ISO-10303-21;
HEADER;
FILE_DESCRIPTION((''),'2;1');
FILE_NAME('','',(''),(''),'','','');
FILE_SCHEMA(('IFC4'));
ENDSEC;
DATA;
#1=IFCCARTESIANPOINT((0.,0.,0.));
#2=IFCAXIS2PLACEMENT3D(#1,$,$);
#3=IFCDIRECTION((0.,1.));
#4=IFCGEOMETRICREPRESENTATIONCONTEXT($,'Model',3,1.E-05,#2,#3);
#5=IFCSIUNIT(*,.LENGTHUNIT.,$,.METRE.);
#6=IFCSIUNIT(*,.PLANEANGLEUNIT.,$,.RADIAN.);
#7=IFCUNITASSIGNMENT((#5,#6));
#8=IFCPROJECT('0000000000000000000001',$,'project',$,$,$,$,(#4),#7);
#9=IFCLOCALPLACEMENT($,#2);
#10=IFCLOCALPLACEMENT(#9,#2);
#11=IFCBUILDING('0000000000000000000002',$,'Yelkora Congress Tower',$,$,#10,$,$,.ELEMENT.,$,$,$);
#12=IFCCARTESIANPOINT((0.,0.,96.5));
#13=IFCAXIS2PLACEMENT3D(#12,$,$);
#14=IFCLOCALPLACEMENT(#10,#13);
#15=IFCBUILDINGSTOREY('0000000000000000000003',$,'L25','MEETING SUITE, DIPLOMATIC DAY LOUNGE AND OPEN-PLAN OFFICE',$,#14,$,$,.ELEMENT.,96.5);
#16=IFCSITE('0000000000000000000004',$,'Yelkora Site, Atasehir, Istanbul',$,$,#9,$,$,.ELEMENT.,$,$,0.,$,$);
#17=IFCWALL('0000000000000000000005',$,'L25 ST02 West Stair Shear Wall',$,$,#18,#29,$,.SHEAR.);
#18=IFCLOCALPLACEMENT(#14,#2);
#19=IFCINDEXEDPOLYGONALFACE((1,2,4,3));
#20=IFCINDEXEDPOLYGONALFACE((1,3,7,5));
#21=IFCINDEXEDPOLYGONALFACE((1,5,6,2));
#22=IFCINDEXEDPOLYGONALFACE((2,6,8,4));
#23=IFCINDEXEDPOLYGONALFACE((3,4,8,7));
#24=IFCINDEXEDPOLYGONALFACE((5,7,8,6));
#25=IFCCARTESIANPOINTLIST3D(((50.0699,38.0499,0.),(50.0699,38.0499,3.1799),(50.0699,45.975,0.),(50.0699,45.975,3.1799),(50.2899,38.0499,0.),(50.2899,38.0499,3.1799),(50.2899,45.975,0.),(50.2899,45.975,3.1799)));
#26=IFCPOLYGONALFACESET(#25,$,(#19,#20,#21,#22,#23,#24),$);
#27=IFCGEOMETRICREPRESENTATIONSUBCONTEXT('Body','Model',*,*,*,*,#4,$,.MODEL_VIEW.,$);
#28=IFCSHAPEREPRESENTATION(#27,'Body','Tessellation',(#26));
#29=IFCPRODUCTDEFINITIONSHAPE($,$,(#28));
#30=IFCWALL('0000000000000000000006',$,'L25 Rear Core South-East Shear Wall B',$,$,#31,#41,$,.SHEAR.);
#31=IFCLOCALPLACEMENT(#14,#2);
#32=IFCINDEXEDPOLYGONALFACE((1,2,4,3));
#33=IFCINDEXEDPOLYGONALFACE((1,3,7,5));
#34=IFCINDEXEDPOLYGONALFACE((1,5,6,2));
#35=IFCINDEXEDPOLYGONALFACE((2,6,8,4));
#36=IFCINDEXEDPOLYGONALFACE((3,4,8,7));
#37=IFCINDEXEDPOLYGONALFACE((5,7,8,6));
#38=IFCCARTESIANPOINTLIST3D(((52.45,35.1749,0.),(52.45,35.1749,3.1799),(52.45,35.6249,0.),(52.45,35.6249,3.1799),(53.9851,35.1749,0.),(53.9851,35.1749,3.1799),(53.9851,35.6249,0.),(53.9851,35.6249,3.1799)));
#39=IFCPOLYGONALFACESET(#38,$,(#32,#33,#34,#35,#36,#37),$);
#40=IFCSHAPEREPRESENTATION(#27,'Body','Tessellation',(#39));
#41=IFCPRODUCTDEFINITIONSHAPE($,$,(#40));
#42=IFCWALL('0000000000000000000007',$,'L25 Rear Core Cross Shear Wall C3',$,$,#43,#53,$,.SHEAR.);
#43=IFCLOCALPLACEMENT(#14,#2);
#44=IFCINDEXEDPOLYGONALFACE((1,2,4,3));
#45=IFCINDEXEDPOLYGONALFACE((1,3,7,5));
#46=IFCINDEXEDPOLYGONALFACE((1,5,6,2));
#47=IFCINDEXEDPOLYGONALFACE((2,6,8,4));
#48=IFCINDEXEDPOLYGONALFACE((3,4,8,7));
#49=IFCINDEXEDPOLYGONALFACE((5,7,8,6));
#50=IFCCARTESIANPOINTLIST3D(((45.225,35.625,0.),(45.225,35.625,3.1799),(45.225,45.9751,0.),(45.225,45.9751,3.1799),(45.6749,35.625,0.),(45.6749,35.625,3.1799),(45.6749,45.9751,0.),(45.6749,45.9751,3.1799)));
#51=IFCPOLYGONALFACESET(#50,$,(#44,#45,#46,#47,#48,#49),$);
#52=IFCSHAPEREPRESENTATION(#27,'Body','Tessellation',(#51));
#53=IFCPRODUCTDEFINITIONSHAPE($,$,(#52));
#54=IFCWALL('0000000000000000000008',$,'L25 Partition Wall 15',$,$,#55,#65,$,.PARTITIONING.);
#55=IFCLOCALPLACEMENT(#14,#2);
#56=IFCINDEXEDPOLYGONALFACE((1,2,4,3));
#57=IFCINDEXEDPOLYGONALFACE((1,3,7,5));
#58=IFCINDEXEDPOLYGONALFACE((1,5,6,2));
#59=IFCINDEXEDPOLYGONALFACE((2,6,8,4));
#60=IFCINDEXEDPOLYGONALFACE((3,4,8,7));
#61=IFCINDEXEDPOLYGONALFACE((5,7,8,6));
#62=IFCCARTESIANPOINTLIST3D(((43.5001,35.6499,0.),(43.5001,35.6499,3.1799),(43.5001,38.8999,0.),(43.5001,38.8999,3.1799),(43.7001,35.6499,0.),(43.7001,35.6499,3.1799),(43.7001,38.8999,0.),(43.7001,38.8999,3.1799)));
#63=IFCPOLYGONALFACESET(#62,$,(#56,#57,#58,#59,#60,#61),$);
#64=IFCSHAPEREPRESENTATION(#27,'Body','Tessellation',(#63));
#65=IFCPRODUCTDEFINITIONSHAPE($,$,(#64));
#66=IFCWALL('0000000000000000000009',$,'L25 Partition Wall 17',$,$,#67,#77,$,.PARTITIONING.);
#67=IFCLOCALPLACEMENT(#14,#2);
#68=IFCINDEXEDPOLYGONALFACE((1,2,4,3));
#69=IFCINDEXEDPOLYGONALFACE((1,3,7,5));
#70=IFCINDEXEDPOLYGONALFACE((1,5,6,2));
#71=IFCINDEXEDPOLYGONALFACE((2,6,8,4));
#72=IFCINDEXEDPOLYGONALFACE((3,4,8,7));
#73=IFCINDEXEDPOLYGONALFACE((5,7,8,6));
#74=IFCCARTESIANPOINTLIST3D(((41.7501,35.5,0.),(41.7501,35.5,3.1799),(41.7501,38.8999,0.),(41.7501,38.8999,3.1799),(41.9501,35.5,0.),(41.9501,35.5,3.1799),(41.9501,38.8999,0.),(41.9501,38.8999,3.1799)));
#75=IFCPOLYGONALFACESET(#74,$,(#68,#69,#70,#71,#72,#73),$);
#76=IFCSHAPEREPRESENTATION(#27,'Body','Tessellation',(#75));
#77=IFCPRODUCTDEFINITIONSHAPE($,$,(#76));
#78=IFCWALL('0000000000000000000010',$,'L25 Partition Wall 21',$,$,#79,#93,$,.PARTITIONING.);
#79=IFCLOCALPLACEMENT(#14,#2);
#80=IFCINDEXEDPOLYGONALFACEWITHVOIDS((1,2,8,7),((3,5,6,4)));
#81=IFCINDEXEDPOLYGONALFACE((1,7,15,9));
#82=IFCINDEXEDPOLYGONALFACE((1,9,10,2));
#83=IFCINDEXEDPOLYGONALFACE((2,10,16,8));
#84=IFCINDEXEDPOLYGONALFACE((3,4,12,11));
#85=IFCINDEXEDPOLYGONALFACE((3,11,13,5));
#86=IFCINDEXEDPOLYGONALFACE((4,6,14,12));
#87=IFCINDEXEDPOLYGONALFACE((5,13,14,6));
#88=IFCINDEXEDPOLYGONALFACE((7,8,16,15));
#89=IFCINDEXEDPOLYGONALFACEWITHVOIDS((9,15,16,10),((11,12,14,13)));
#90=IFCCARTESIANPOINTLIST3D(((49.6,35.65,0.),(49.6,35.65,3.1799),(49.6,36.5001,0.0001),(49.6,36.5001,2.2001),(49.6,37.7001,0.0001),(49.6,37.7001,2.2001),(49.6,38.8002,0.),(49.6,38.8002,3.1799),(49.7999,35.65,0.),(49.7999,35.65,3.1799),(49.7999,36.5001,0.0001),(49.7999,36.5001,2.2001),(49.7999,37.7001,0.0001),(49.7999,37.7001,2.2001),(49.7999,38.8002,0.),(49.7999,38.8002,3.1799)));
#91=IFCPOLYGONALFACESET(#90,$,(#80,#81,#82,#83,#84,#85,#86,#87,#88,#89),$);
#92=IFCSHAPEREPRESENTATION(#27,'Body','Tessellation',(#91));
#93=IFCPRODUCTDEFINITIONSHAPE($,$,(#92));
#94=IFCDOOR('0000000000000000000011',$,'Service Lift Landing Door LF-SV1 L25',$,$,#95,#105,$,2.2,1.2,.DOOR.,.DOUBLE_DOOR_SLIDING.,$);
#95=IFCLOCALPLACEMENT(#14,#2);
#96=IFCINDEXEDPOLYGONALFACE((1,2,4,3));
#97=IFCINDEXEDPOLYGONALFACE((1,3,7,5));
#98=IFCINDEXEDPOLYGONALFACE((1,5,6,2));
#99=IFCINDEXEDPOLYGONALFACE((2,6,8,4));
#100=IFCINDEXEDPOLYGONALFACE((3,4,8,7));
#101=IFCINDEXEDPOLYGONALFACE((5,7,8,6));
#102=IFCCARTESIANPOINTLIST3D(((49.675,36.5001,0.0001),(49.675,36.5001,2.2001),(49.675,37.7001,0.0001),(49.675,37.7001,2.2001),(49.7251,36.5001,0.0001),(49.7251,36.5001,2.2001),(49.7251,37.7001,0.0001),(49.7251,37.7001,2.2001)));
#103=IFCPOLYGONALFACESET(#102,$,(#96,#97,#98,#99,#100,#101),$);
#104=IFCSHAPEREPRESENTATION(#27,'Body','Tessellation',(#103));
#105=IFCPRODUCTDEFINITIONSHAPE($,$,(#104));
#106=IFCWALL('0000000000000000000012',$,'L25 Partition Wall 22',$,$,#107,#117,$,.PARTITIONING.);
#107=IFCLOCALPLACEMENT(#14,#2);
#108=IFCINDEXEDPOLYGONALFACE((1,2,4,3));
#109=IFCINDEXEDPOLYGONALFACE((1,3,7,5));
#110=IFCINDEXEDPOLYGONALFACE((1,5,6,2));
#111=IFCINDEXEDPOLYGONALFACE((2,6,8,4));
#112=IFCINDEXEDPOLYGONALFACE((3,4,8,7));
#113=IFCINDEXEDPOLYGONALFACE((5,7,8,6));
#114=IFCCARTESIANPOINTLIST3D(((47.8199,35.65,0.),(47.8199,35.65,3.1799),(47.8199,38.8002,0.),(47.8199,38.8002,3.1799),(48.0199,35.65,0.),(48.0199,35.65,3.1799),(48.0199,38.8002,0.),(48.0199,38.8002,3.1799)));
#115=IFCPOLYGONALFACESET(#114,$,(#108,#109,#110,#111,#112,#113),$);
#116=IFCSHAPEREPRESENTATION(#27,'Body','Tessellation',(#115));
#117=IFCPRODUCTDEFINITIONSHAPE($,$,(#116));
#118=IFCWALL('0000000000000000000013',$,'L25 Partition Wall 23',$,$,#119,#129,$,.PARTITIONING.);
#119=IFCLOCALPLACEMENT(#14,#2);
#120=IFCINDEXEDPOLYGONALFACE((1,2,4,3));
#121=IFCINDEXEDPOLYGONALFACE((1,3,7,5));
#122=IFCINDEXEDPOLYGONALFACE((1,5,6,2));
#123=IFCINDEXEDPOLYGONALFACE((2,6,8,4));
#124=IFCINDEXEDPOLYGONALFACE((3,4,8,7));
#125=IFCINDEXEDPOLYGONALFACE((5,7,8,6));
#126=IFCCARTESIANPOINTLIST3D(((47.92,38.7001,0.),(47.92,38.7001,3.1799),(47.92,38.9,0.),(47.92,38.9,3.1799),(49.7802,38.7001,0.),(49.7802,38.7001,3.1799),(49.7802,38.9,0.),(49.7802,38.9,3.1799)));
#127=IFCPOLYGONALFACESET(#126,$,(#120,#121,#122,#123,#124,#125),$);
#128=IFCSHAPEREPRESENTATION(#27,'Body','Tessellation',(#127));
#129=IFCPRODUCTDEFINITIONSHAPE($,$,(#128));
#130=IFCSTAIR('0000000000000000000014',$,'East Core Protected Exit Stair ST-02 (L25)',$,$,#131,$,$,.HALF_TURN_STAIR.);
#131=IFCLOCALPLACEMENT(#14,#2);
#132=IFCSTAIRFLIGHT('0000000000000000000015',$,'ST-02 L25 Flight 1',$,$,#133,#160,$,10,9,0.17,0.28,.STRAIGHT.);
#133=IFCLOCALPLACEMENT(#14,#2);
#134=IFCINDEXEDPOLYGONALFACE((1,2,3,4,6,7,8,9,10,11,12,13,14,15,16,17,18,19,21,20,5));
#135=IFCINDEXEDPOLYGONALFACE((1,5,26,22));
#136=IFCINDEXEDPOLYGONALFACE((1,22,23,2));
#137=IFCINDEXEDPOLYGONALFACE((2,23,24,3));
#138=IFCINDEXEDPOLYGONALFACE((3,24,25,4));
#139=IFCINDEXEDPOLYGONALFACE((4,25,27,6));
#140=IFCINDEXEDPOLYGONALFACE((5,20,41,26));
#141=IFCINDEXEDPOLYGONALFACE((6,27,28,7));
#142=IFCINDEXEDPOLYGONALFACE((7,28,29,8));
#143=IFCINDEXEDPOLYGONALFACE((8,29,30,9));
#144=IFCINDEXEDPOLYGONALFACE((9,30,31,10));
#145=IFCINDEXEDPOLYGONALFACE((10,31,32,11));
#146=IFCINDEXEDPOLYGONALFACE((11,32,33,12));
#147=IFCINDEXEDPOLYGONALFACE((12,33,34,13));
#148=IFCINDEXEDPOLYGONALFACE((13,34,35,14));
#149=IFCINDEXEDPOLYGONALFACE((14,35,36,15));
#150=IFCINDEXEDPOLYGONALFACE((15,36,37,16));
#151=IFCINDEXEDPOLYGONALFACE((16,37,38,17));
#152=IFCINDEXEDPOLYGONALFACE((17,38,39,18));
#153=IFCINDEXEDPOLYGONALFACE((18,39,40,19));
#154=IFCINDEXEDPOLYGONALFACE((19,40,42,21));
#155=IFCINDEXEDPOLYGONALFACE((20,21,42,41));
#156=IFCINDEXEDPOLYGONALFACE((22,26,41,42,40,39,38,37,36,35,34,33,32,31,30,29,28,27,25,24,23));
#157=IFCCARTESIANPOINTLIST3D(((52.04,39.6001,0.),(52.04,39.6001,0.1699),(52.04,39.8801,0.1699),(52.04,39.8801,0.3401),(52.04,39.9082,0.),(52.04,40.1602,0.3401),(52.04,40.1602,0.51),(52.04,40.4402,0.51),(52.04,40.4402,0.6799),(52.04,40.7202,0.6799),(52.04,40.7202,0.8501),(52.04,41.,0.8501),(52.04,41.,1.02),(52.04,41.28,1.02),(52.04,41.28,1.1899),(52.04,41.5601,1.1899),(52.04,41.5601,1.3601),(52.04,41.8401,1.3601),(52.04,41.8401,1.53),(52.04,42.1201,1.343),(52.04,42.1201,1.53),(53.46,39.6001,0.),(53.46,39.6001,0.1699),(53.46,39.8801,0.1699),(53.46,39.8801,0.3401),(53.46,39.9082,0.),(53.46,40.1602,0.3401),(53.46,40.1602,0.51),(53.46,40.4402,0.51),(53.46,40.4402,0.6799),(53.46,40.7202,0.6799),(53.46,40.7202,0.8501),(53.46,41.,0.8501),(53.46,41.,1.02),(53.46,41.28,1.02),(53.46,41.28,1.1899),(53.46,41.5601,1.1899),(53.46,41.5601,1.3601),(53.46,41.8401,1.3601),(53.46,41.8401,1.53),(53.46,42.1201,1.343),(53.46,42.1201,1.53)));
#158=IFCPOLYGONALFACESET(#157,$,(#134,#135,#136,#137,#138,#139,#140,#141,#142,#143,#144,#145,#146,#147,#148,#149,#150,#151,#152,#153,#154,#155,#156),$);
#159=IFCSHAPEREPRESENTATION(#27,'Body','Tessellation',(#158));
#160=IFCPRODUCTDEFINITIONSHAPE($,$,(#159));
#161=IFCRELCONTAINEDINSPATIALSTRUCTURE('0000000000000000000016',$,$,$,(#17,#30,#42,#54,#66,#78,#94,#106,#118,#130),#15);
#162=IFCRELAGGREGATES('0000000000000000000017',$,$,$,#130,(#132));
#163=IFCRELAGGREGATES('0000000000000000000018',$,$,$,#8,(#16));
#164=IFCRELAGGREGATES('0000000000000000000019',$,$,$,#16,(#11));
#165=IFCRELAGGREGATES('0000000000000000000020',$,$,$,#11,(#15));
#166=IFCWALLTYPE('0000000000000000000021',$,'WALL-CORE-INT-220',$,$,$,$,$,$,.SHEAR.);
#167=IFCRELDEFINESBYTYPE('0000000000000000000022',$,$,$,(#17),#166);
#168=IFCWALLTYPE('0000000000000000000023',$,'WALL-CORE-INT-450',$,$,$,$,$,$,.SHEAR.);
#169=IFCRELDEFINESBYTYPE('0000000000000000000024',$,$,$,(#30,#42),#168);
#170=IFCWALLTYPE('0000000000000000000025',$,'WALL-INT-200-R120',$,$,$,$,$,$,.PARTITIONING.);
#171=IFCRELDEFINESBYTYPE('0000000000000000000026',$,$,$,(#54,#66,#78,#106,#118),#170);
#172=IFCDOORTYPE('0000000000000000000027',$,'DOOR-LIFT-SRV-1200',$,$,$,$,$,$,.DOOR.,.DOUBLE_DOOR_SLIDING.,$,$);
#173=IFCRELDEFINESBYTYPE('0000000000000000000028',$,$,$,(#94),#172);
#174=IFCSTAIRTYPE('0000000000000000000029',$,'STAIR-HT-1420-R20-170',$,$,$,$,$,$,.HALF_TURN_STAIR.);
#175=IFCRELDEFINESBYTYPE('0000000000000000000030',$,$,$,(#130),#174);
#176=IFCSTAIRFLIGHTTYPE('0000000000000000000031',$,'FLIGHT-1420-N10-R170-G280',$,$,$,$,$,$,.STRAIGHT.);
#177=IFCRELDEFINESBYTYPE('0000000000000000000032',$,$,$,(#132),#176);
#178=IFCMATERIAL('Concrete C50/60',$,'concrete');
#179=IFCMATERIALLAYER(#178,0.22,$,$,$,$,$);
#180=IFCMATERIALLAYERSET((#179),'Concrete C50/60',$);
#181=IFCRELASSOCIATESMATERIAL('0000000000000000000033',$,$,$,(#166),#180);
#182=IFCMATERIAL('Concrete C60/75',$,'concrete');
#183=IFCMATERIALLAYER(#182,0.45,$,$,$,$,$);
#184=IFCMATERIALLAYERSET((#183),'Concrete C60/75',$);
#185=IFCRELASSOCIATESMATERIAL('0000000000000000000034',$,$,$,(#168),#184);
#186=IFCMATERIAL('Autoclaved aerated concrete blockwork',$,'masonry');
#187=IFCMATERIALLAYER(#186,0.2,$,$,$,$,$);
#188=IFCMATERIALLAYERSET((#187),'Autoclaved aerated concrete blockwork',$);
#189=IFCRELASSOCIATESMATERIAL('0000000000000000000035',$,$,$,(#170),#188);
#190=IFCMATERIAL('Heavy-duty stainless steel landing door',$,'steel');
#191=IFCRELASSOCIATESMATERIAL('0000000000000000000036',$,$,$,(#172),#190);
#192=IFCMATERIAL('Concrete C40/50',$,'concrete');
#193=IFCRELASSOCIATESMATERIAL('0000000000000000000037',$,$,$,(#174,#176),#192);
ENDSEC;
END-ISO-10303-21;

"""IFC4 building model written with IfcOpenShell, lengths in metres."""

from ifc_helpers import new_model, si_unit, direction, frame, frame_2d, origin, place, context, subcontext, project, spatial, polyline, rectangle, outline, extrude, material, layer, layer_set, type_object, element, fill, aggregate, save


model = new_model("IFC4")

# Units and contexts
model_context = context("Model", 3, precision=1e-05, world=origin(), true_north=direction((0.0, 1.0)))
body_context = subcontext(model_context, "Body", "Model", "MODEL_VIEW")
ifc_project = project(units=[si_unit("LENGTHUNIT", "METRE"), si_unit("PLANEANGLEUNIT", "RADIAN")], contexts=[model_context])

# Site, building, storey
site_placement = place(None, origin())
site = spatial("IfcSite", under=ifc_project, at=site_placement, Name="Yelkora Site, Atasehir, Istanbul", CompositionType="ELEMENT", RefElevation=0.0)
building_placement = place(site_placement, origin())
building = spatial("IfcBuilding", under=site, at=building_placement, Name="Yelkora Congress Tower", CompositionType="ELEMENT")
storey_placement = place(building_placement, frame((0.0, 0.0, 96.5)))
storey = spatial("IfcBuildingStorey", under=building, at=storey_placement, Name="L25", Description="MEETING SUITE, DIPLOMATIC DAY LOUNGE AND OPEN-PLAN OFFICE", CompositionType="ELEMENT", Elevation=96.5)

# Wall
ifc_material_1 = material(Name="Concrete C50/60", Category="concrete")
ifc_layer_1 = layer(ifc_material_1, 0.22)
ifc_layer_set_1 = layer_set([ifc_layer_1], Name="Concrete C50/60")
wall_type_1 = type_object("IfcWallType", Name="WALL-CORE-INT-220", PredefinedType="SHEAR", material=ifc_layer_set_1)
wall_1_placement = place(storey_placement, frame((50.1799, 38.05, 0.0), z_axis=(0.0, 0.0, 1.0), x_axis=(0.0, 1.0, 0.0)))
element("IfcWall", 1, at=wall_1_placement, inside=storey, type_object=wall_type_1, Name="L25 ST02 West Stair Shear Wall", PredefinedType="SHEAR", context=body_context, shape_type="SweptSolid", body=[
    extrude(rectangle(XDim=7.925, YDim=0.22, at=frame_2d((3.9624, 0.0))), origin(), (0.0, 0.0, 1.0), 3.1799),
])

# Shared definitions
ifc_material_2 = material(Name="Concrete C60/75", Category="concrete")
ifc_layer_2 = layer(ifc_material_2, 0.45)
ifc_layer_set_2 = layer_set([ifc_layer_2], Name="Concrete C60/75")
wall_type_2 = type_object("IfcWallType", Name="WALL-CORE-INT-450", PredefinedType="SHEAR", material=ifc_layer_set_2)

# Walls
wall_2_placement = place(storey_placement, frame((52.45, 35.3999, 0.0), z_axis=(0.0, 0.0, 1.0), x_axis=(1.0, 0.0, 0.0)))
element("IfcWall", 2, at=wall_2_placement, inside=storey, type_object=wall_type_2, Name="L25 Rear Core South-East Shear Wall B", PredefinedType="SHEAR", context=body_context, shape_type="SweptSolid", body=[
    extrude(rectangle(XDim=1.5352, YDim=0.45, at=frame_2d((0.7676, 0.0))), origin(), (0.0, 0.0, 1.0), 3.1799),
])
wall_3_placement = place(storey_placement, frame((45.45, 35.625, 0.0), z_axis=(0.0, 0.0, 1.0), x_axis=(0.0, 1.0, 0.0)))
element("IfcWall", 3, at=wall_3_placement, inside=storey, type_object=wall_type_2, Name="L25 Rear Core Cross Shear Wall C3", PredefinedType="SHEAR", context=body_context, shape_type="SweptSolid", body=[
    extrude(rectangle(XDim=10.3501, YDim=0.45, at=frame_2d((5.175, 0.0))), origin(), (0.0, 0.0, 1.0), 3.1799),
])

# Walls
ifc_material_3 = material(Name="Autoclaved aerated concrete blockwork", Category="masonry")
ifc_layer_3 = layer(ifc_material_3, 0.2)
ifc_layer_set_3 = layer_set([ifc_layer_3], Name="Autoclaved aerated concrete blockwork")
wall_type_3 = type_object("IfcWallType", Name="WALL-INT-200-R120", PredefinedType="PARTITIONING", material=ifc_layer_set_3)
wall_4_placement = place(storey_placement, frame((43.6001, 35.6499, 0.0), z_axis=(0.0, 0.0, 1.0), x_axis=(0.0, 1.0, 0.0)))
element("IfcWall", 4, at=wall_4_placement, inside=storey, type_object=wall_type_3, Name="L25 Partition Wall 15", PredefinedType="PARTITIONING", context=body_context, shape_type="SweptSolid", body=[
    extrude(rectangle(XDim=3.25, YDim=0.2, at=frame_2d((1.625, 0.0))), origin(), (0.0, 0.0, 1.0), 3.1799),
])
wall_5_placement = place(storey_placement, frame((41.8501, 35.5, 0.0), z_axis=(0.0, 0.0, 1.0), x_axis=(0.0, 1.0, 0.0)))
element("IfcWall", 5, at=wall_5_placement, inside=storey, type_object=wall_type_3, Name="L25 Partition Wall 17", PredefinedType="PARTITIONING", context=body_context, shape_type="SweptSolid", body=[
    extrude(rectangle(XDim=3.3999, YDim=0.2, at=frame_2d((1.7, 0.0))), origin(), (0.0, 0.0, 1.0), 3.1799),
])

# Wall, opening, door
wall_6_placement = place(storey_placement, frame((49.7, 35.6499, 0.0), z_axis=(0.0, 0.0, 1.0), x_axis=(0.0, 1.0, 0.0)))
wall_6 = element("IfcWall", 6, at=wall_6_placement, inside=storey, type_object=wall_type_3, Name="L25 Partition Wall 21", PredefinedType="PARTITIONING", context=body_context, shape_type="SweptSolid", body=[
    extrude(rectangle(XDim=3.1501, YDim=0.2, at=frame_2d((1.5752, 0.0))), origin(), (0.0, 0.0, 1.0), 3.1799),
])
opening_1_placement = place(wall_6_placement, frame((0.8501, 0.0, 0.0)))
opening_1 = element("IfcOpeningElement", 7, at=opening_1_placement, cuts=wall_6, PredefinedType="OPENING", context=body_context, shape_type="SweptSolid", body=[
    extrude(rectangle(XDim=1.2, YDim=2.2, at=frame_2d((0.6001, 1.1001))), frame((0.0, 0.1099, 0.0), z_axis=(0.0, -1.0, 0.0), x_axis=(1.0, 0.0, 0.0)), (0.0, 0.0, 1.0), 0.22),
])
ifc_material_4 = material(Name="Heavy-duty stainless steel landing door", Category="steel")
door_type_1 = type_object("IfcDoorType", Name="DOOR-LIFT-SRV-1200", OperationType="DOUBLE_DOOR_SLIDING", PredefinedType="DOOR", material=ifc_material_4)
door_1_placement = place(opening_1_placement, origin())
door_1 = element("IfcDoor", 8, at=door_1_placement, inside=storey, type_object=door_type_1, Name="Service Lift Landing Door LF-SV1 L25", OperationType="DOUBLE_DOOR_SLIDING", OverallHeight=2.2, OverallWidth=1.2, PredefinedType="DOOR", context=body_context, shape_type="SweptSolid", body=[
    extrude(rectangle(XDim=1.2, YDim=2.2, at=frame_2d((0.6001, 1.1001))), frame((0.0, 0.0249, 0.0), z_axis=(0.0, -1.0, 0.0), x_axis=(1.0, 0.0, 0.0)), (0.0, 0.0, 1.0), 0.05),
])
fill(opening_1, door_1)

# Walls
wall_7_placement = place(storey_placement, frame((47.9199, 35.6499, 0.0), z_axis=(0.0, 0.0, 1.0), x_axis=(0.0, 1.0, 0.0)))
element("IfcWall", 9, at=wall_7_placement, inside=storey, type_object=wall_type_3, Name="L25 Partition Wall 22", PredefinedType="PARTITIONING", context=body_context, shape_type="SweptSolid", body=[
    extrude(rectangle(XDim=3.1501, YDim=0.2, at=frame_2d((1.5752, 0.0))), origin(), (0.0, 0.0, 1.0), 3.1799),
])
wall_8_placement = place(storey_placement, frame((47.9199, 38.8, 0.0), z_axis=(0.0, 0.0, 1.0), x_axis=(1.0, 0.0, 0.0)))
element("IfcWall", 10, at=wall_8_placement, inside=storey, type_object=wall_type_3, Name="L25 Partition Wall 23", PredefinedType="PARTITIONING", context=body_context, shape_type="SweptSolid", body=[
    extrude(rectangle(XDim=1.8601, YDim=0.2, at=frame_2d((0.9302, 0.0))), origin(), (0.0, 0.0, 1.0), 3.1799),
])

# Stair, stair flight
ifc_material_5 = material(Name="Concrete C40/50", Category="concrete")
stair_type = type_object("IfcStairType", Name="STAIR-HT-1420-R20-170", PredefinedType="HALF_TURN_STAIR", material=ifc_material_5)
stair_placement = place(storey_placement, origin())
stair = element("IfcStair", 11, at=stair_placement, inside=storey, type_object=stair_type, Name="East Core Protected Exit Stair ST-02 (L25)", PredefinedType="HALF_TURN_STAIR")
stair_flight_type = type_object("IfcStairFlightType", Name="FLIGHT-1420-N10-R170-G280", PredefinedType="STRAIGHT", material=ifc_material_5)
stair_flight_placement = place(storey_placement, frame((52.75, 39.6001, 0.0), z_axis=(0.0, 0.0, 1.0), x_axis=(0.0, 1.0, 0.0)))
stair_flight = element("IfcStairFlight", 12, at=stair_flight_placement, type_object=stair_flight_type, Name="ST-02 L25 Flight 1", NumberOfRisers=10, NumberOfTreads=9, PredefinedType="STRAIGHT", RiserHeight=0.17, TreadLength=0.28, context=body_context, shape_type="SweptSolid", body=[
    extrude(outline(polyline([(0.0, 0.0), (0.0, 0.1699), (0.28, 0.1699), (0.28, 0.3401), (0.5601, 0.3401), (0.5601, 0.51), (0.8401, 0.51), (0.8401, 0.6799), (1.1201, 0.6799), (1.1201, 0.8501), (1.3999, 0.8501), (1.3999, 1.02), (1.6799, 1.02), (1.6799, 1.1899), (1.96, 1.1899), (1.96, 1.3601), (2.24, 1.3601), (2.24, 1.53), (2.52, 1.53), (2.52, 1.7), (2.52, 1.343), (0.3081, 0.0), (0.0, 0.0)])), frame((0.0, 0.71, 0.0), z_axis=(0.0, -1.0, 0.0), x_axis=(1.0, 0.0, 0.0)), (0.0, 0.0, 1.0), 1.4199),
])
aggregate(stair, [stair_flight])

save(model, "model.ifc")
